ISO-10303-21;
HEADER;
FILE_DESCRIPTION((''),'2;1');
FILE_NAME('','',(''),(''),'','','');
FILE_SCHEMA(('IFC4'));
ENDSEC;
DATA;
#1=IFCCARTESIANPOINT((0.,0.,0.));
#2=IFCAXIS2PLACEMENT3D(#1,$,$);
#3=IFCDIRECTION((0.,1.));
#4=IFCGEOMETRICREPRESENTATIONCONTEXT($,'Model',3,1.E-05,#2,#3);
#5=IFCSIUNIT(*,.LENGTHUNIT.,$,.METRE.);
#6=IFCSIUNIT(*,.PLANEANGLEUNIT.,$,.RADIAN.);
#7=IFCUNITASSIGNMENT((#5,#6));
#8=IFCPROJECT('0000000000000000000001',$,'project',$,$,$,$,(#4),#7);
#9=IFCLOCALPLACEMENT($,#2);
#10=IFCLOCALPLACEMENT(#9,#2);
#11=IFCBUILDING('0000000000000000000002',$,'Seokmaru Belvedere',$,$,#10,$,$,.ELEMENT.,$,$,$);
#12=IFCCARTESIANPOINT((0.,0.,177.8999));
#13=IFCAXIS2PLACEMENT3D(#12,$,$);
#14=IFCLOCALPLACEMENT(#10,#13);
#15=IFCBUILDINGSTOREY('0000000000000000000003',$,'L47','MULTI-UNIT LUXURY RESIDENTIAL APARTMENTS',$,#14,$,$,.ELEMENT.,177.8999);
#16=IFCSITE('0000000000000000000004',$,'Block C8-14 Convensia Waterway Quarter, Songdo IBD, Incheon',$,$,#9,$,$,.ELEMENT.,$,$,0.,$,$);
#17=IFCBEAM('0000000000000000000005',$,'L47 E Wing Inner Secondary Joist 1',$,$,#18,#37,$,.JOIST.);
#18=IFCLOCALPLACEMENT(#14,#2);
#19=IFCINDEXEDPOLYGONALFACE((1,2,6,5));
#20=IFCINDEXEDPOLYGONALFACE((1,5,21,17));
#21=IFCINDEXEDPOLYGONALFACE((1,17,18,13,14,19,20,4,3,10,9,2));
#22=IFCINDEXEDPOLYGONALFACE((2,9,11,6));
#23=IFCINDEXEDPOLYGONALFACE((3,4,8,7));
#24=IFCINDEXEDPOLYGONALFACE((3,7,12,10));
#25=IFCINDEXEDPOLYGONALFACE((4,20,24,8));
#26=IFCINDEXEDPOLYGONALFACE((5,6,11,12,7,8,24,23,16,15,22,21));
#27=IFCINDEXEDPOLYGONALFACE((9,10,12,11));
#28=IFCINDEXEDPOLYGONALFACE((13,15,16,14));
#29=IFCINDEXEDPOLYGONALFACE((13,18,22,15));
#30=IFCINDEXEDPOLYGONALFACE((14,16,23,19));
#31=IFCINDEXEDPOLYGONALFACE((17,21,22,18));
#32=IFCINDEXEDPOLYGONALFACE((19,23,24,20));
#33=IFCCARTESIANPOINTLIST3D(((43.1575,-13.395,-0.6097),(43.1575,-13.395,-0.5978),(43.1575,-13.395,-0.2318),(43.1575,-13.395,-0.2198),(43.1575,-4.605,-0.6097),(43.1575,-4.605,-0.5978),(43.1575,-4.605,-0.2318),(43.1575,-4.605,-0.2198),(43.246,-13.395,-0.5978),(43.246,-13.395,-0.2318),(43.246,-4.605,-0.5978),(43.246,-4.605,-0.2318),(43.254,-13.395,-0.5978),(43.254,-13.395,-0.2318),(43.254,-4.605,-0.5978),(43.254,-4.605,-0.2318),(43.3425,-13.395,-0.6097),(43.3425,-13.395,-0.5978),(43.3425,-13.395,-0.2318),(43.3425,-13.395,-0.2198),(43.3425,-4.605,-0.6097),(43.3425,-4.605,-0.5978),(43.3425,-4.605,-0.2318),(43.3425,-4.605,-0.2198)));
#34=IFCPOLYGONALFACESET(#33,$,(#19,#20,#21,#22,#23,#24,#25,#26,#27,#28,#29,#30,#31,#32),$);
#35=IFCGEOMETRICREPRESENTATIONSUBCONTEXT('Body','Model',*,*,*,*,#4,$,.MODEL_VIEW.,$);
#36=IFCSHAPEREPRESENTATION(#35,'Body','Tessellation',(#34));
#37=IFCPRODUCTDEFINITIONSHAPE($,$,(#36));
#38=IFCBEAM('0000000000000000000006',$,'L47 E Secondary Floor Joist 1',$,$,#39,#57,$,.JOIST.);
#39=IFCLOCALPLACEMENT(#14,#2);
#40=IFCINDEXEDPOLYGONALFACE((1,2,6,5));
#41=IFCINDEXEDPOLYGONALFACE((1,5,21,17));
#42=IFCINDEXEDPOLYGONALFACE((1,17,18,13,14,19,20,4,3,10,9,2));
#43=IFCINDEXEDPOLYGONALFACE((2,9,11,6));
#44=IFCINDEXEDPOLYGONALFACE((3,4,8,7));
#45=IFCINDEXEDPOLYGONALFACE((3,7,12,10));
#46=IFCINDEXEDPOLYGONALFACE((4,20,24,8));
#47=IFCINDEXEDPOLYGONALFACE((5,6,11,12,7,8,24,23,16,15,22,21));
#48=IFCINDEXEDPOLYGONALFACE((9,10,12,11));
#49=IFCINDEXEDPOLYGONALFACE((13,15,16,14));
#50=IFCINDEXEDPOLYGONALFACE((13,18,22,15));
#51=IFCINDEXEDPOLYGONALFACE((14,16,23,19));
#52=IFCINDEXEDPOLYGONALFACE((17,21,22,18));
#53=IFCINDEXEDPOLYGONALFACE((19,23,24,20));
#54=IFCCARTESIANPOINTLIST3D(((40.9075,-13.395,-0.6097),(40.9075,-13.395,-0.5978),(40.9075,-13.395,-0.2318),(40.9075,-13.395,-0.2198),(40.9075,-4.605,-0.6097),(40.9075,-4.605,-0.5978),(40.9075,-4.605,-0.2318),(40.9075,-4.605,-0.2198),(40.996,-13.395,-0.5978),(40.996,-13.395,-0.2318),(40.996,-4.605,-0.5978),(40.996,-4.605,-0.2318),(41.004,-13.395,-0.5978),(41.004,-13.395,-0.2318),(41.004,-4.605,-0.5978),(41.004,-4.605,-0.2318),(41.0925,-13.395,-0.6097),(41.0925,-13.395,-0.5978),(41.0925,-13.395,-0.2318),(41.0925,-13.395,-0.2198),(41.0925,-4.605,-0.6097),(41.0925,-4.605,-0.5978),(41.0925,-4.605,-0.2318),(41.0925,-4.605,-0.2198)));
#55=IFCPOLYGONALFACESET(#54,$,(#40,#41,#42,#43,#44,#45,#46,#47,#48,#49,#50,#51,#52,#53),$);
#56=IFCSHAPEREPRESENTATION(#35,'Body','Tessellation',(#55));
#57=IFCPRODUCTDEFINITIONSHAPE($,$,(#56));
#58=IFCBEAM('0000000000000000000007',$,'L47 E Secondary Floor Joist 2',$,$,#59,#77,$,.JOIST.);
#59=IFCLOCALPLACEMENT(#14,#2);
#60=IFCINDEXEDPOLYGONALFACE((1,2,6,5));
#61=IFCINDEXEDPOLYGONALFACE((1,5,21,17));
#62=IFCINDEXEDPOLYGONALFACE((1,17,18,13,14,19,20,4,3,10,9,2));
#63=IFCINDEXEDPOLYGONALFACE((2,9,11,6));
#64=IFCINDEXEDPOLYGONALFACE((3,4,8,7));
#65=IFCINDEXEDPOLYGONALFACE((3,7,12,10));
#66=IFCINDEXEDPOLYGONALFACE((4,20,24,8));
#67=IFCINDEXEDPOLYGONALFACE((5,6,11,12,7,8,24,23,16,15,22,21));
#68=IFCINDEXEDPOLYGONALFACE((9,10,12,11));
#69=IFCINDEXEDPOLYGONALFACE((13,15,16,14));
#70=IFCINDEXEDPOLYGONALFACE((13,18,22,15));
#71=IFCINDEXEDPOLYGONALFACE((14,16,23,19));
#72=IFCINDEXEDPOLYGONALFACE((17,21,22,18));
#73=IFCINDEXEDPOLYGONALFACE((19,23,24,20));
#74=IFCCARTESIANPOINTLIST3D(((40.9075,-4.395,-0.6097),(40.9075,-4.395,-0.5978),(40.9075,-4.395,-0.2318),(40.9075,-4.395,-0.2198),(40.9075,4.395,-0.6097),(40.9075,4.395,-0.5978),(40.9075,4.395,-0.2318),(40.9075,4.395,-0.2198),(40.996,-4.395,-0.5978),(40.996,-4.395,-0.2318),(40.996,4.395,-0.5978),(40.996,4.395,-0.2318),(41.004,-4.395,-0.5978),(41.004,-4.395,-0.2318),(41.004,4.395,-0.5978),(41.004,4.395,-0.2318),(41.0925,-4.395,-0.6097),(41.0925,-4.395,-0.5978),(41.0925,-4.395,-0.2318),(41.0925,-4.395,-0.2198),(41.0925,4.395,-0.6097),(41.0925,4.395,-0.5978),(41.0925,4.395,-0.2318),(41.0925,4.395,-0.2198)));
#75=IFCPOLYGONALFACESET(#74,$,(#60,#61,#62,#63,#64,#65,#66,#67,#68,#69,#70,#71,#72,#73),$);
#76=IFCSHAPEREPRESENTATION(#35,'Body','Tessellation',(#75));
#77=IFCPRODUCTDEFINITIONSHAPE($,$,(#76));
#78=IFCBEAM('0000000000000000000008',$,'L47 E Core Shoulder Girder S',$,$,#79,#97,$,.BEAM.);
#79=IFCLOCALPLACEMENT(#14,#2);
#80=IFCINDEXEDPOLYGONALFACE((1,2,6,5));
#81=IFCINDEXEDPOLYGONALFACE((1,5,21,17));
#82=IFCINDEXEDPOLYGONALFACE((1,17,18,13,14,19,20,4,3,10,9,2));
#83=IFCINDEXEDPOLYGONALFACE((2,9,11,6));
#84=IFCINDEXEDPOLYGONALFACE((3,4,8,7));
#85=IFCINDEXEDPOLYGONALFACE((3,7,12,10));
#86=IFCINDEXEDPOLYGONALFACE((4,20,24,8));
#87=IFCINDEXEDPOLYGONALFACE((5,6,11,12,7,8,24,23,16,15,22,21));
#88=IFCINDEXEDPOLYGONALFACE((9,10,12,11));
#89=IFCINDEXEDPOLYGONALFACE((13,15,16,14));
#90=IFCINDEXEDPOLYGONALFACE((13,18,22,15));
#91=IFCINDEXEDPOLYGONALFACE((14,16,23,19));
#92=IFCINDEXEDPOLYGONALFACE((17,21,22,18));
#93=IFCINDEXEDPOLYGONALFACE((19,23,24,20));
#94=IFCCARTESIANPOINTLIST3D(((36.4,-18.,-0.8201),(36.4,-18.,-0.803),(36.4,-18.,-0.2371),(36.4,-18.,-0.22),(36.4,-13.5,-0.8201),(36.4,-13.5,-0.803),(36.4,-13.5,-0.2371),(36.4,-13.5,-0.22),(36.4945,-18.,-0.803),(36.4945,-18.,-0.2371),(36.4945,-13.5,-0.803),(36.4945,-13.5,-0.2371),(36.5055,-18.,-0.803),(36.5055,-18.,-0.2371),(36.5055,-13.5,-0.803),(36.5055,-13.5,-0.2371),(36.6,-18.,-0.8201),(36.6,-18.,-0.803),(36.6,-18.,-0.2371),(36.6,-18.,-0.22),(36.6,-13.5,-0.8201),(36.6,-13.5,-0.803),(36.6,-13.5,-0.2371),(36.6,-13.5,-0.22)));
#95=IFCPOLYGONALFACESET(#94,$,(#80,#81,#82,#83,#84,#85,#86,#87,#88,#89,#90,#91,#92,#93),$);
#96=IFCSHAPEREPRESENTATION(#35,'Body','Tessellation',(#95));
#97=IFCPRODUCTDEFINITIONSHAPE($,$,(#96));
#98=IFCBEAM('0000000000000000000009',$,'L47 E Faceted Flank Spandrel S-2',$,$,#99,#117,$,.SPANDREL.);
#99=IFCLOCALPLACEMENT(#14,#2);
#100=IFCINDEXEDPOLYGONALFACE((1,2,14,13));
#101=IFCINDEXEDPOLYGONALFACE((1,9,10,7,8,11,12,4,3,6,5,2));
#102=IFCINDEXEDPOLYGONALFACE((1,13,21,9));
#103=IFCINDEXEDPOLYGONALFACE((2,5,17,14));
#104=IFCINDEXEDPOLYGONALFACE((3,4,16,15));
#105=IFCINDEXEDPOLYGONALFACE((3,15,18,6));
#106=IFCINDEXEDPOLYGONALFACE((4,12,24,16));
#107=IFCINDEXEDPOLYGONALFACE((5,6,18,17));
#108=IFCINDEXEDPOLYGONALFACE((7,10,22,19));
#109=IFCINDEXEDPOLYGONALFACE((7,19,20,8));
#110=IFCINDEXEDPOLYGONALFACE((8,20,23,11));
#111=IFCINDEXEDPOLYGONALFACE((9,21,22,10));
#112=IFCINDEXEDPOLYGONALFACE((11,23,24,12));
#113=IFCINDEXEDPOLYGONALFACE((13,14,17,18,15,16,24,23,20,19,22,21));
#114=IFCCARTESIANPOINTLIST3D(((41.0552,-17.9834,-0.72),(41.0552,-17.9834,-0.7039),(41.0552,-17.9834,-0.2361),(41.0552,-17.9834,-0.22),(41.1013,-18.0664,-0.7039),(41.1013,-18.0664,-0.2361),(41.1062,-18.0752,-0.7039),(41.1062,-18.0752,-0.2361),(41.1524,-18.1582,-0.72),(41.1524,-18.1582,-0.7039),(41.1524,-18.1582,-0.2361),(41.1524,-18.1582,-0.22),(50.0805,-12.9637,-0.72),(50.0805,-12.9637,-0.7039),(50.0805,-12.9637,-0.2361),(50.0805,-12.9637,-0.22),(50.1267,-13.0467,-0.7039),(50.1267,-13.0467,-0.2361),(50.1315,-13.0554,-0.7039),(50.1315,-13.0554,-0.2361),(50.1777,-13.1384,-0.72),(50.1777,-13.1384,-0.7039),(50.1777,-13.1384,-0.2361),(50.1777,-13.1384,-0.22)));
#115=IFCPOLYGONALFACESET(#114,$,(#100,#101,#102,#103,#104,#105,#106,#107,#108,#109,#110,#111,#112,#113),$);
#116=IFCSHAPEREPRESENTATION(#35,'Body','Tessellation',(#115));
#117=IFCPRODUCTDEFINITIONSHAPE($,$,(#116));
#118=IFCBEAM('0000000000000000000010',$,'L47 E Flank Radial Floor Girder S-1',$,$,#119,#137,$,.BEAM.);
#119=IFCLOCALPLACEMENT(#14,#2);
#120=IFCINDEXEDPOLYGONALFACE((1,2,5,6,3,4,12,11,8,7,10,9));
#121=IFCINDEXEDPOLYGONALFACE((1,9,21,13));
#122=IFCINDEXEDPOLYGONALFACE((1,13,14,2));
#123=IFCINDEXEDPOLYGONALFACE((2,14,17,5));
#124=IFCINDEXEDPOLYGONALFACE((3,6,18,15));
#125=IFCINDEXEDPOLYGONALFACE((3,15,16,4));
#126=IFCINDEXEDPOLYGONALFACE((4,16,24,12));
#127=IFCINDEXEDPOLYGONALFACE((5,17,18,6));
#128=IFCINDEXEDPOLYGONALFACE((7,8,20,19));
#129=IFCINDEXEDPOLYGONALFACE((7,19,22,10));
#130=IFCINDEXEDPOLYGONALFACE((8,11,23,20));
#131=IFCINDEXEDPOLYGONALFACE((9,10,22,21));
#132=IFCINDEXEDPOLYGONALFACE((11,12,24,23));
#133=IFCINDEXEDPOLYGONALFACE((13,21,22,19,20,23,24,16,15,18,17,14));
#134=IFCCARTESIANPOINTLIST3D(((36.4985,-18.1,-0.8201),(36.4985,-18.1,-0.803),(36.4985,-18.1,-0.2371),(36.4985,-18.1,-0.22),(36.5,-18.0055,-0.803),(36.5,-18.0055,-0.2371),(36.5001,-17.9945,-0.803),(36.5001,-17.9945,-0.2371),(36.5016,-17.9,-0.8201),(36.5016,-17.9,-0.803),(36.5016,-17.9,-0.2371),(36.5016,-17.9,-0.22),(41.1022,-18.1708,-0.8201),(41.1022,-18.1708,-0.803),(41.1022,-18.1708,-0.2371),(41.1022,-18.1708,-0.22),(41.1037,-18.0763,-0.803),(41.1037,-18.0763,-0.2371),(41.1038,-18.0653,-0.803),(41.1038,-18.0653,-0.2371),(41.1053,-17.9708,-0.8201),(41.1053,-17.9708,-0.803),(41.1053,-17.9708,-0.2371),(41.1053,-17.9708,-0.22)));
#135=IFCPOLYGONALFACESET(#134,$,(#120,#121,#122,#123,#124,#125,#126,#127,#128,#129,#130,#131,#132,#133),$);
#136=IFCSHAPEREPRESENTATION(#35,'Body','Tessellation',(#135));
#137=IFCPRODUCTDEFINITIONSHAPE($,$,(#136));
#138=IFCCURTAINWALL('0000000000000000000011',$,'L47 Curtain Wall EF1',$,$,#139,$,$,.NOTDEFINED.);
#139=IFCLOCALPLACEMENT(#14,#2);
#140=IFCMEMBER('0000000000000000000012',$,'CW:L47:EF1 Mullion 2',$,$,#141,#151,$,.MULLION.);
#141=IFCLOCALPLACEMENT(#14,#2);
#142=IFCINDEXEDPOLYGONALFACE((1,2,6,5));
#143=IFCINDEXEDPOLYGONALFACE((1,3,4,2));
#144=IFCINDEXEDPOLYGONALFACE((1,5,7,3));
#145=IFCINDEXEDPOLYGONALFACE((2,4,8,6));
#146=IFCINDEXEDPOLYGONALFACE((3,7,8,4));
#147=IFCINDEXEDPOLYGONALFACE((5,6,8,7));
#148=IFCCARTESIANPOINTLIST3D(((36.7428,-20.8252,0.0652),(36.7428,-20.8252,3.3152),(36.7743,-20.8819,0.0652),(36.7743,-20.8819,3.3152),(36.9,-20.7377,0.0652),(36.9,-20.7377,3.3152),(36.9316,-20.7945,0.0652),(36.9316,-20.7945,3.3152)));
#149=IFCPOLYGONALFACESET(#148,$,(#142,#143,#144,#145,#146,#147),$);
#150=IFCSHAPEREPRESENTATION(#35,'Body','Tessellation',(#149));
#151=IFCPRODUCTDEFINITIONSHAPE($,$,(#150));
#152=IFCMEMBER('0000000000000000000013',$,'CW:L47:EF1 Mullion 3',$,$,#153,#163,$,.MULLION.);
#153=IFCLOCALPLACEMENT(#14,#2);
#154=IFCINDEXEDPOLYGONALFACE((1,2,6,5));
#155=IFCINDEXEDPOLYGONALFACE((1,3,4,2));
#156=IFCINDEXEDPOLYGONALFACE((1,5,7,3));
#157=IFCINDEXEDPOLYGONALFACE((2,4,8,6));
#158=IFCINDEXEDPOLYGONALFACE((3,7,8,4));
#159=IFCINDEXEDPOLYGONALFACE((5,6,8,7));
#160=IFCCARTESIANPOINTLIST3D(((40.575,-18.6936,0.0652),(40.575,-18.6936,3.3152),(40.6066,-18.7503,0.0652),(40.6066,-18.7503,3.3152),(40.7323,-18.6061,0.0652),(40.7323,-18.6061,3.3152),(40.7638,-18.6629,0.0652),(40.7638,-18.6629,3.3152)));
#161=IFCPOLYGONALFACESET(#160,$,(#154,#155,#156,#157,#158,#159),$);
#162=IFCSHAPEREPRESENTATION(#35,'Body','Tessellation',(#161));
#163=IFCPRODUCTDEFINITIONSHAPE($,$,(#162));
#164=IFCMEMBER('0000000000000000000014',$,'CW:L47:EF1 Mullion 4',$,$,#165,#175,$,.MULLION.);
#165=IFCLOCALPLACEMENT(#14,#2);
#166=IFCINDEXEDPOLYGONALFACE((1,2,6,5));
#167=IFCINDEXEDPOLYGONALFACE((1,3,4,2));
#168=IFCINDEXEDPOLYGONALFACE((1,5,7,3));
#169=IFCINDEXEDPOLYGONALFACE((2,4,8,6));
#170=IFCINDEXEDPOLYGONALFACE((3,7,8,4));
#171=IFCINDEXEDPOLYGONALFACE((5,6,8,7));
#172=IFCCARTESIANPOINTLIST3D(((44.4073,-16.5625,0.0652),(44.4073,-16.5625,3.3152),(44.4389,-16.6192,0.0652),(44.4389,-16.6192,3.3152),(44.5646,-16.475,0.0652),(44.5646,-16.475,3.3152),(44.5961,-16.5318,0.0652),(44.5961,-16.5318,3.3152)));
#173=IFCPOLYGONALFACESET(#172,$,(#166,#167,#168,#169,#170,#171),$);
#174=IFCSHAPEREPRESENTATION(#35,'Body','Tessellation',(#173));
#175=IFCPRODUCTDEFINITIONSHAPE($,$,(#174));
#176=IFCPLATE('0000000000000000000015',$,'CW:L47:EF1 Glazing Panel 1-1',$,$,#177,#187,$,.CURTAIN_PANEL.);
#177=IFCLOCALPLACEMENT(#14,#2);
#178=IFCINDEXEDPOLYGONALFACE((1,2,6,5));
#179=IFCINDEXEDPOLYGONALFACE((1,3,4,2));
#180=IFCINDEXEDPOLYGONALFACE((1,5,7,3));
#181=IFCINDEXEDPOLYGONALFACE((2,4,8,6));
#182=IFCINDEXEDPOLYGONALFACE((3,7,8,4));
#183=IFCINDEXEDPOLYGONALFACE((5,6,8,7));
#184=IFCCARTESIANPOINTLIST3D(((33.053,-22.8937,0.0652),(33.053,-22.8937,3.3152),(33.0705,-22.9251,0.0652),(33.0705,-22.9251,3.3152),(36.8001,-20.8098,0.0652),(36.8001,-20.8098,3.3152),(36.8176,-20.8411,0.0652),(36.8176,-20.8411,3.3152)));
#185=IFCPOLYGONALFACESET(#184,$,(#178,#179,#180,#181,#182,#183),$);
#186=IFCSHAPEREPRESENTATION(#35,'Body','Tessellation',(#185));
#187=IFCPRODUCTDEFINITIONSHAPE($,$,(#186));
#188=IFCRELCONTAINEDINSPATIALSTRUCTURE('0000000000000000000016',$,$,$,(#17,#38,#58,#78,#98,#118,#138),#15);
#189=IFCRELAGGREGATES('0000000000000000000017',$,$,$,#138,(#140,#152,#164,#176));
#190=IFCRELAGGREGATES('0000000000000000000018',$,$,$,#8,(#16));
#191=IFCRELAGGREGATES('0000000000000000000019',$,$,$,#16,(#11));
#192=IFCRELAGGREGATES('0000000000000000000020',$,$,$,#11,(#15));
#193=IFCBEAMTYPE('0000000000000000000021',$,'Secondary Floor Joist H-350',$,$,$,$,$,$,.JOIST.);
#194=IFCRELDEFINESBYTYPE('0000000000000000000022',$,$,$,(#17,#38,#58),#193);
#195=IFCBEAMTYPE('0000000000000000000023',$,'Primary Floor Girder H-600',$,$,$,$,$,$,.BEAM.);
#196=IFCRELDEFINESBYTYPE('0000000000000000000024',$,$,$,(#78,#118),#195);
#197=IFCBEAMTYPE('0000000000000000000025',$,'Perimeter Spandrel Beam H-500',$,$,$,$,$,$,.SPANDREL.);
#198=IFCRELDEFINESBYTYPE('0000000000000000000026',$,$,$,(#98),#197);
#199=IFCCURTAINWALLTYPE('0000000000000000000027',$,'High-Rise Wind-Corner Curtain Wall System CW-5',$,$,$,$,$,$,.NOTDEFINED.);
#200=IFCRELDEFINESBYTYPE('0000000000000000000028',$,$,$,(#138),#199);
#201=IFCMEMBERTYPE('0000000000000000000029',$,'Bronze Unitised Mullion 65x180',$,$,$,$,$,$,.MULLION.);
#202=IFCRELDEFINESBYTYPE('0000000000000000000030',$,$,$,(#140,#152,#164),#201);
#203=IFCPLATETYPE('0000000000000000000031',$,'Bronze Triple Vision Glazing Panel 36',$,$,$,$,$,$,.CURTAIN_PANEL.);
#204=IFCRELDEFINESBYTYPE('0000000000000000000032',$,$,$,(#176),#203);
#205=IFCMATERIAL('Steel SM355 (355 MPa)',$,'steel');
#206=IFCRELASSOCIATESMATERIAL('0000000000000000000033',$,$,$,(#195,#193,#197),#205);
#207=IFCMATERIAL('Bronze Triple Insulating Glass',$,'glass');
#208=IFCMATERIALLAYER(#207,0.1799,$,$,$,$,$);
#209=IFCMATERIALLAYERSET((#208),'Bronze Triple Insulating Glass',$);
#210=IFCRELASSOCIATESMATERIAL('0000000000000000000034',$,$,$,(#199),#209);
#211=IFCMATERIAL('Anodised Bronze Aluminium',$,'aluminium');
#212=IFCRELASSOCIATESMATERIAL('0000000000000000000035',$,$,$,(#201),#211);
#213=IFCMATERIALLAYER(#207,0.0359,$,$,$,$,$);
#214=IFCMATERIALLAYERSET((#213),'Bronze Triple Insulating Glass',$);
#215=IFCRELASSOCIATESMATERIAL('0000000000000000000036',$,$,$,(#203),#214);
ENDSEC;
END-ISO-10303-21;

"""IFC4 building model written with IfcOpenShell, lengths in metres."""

from ifc_helpers import new_model, si_unit, direction, frame, origin, origin_2d, place, context, subcontext, project, spatial, rectangle, i_section, extrude, source, transform, mapped, material, layer, layer_set, material_profile, profile_set, type_object, type_shapes, element, aggregate, save


model = new_model("IFC4")

# Units and contexts
model_context = context("Model", 3, precision=1e-05, world=origin(), true_north=direction((0.0, 1.0)))
body_context = subcontext(model_context, "Body", "Model", "MODEL_VIEW")
ifc_project = project(units=[si_unit("LENGTHUNIT", "METRE"), si_unit("PLANEANGLEUNIT", "RADIAN")], contexts=[model_context])

# Site, building, storey
site_placement = place(None, origin())
site = spatial("IfcSite", under=ifc_project, at=site_placement, Name="Block C8-14 Convensia Waterway Quarter, Songdo IBD, Incheon", CompositionType="ELEMENT", RefElevation=0.0)
building_placement = place(site_placement, origin())
building = spatial("IfcBuilding", under=site, at=building_placement, Name="Seokmaru Belvedere", CompositionType="ELEMENT")
storey_placement = place(building_placement, frame((0.0, 0.0, 177.8999)))
storey = spatial("IfcBuildingStorey", under=building, at=storey_placement, Name="L47", Description="MULTI-UNIT LUXURY RESIDENTIAL APARTMENTS", CompositionType="ELEMENT", Elevation=177.8999)

# Shared definitions
ifc_material_1 = material(Name="Steel SM355 (355 MPa)", Category="steel")

# Beams
ifc_material_profile_1 = material_profile(ifc_material_1, i_section(OverallWidth=0.2, OverallDepth=0.6001, WebThickness=0.011, FlangeThickness=0.0171, at=origin_2d()), Name="H-600x200x11x17")
ifc_profile_set_1 = profile_set([ifc_material_profile_1], Name="Steel SM355 (355 MPa)")
beam_type_1 = type_object("IfcBeamType", Name="Primary Floor Girder H-600", PredefinedType="BEAM", material=ifc_profile_set_1)
ifc_material_profile_2 = material_profile(ifc_material_1, i_section(OverallWidth=0.1851, OverallDepth=0.3899, WebThickness=0.0081, FlangeThickness=0.012, at=origin_2d()), Name="H-390x185x8x12")
ifc_profile_set_2 = profile_set([ifc_material_profile_2], Name="Steel SM355 (355 MPa)")
beam_type_2 = type_object("IfcBeamType", Name="Secondary Floor Joist H-350", PredefinedType="JOIST", material=ifc_profile_set_2)
shared_shape_1 = source(origin(), body_context, "Body", "SweptSolid", [
    extrude(i_section(OverallWidth=0.1851, OverallDepth=0.3899, WebThickness=0.0081, FlangeThickness=0.012, at=origin_2d()), origin(), (0.0, 0.0, 1.0), 8.79),
])
type_shapes(beam_type_2, [shared_shape_1])
for number, where, z_axis, x_axis, name in (
    (1, (43.25, -13.395, -0.4148), (0.0, 1.0, 0.0), (-1.0, 0.0, 0.0), "L47 E Wing Inner Secondary Joist 1"),
    (2, (41.0, -13.395, -0.4148), (0.0, 1.0, 0.0), (-1.0, 0.0, 0.0), "L47 E Secondary Floor Joist 1"),
    (3, (41.0, -4.395, -0.4148), (0.0, 1.0, 0.0), (-1.0, 0.0, 0.0), "L47 E Secondary Floor Joist 2"),
):
    element("IfcBeam", number, at=place(storey_placement, frame(where, z_axis=z_axis, x_axis=x_axis)), inside=storey, type_object=beam_type_2, Name=name, PredefinedType="JOIST", context=body_context, shape_type="MappedRepresentation", body=[
        mapped(shared_shape_1, transform((0.0, 0.0, 0.0), scale=1.0)),
    ])
shared_shape_2 = source(origin(), body_context, "Body", "SweptSolid", [
    extrude(i_section(OverallWidth=0.2, OverallDepth=0.6001, WebThickness=0.011, FlangeThickness=0.0171, at=origin_2d()), origin(), (0.0, 0.0, 1.0), 4.5),
])
beam_1_placement = place(storey_placement, frame((36.5, -18.0, -0.52), z_axis=(0.0, 1.0, 0.0), x_axis=(-1.0, 0.0, 0.0)))
element("IfcBeam", 4, at=beam_1_placement, inside=storey, type_object=beam_type_1, Name="L47 E Core Shoulder Girder S", PredefinedType="BEAM", context=body_context, shape_type="MappedRepresentation", body=[
    mapped(shared_shape_2, transform((0.0, 0.0, 0.0), scale=1.0)),
])
ifc_material_profile_3 = material_profile(ifc_material_1, i_section(OverallWidth=0.2, OverallDepth=0.5, WebThickness=0.01, FlangeThickness=0.0161, at=origin_2d()), Name="H-500x200x10x16")
ifc_profile_set_3 = profile_set([ifc_material_profile_3], Name="Steel SM355 (355 MPa)")
beam_type_3 = type_object("IfcBeamType", Name="Perimeter Spandrel Beam H-500", PredefinedType="SPANDREL", material=ifc_profile_set_3)
shared_shape_3 = source(origin(), body_context, "Body", "SweptSolid", [
    extrude(i_section(OverallWidth=0.2, OverallDepth=0.5, WebThickness=0.01, FlangeThickness=0.0161, at=origin_2d()), origin(), (0.0, 0.0, 1.0), 10.3274),
])
type_shapes(beam_type_3, [shared_shape_3])
beam_2_placement = place(storey_placement, frame((41.1038, -18.0708, -0.47), z_axis=(0.873924, 0.486062, 0.0), x_axis=(-0.486062, 0.873924, 0.0)))
element("IfcBeam", 5, at=beam_2_placement, inside=storey, type_object=beam_type_3, Name="L47 E Faceted Flank Spandrel S-2", PredefinedType="SPANDREL", context=body_context, shape_type="MappedRepresentation", body=[
    mapped(shared_shape_3, transform((0.0, 0.0, 0.0), scale=1.0)),
])
shared_shape_4 = source(origin(), body_context, "Body", "SweptSolid", [
    extrude(i_section(OverallWidth=0.2, OverallDepth=0.6001, WebThickness=0.011, FlangeThickness=0.0171, at=origin_2d()), origin(), (0.0, 0.0, 1.0), 4.6042),
])
beam_3_placement = place(storey_placement, frame((41.1038, -18.0708, -0.52), z_axis=(-0.999882, 0.015377, 0.0), x_axis=(-0.015377, -0.999882, 0.0)))
element("IfcBeam", 6, at=beam_3_placement, inside=storey, type_object=beam_type_1, Name="L47 E Flank Radial Floor Girder S-1", PredefinedType="BEAM", context=body_context, shape_type="MappedRepresentation", body=[
    mapped(shared_shape_4, transform((0.0, 0.0, 0.0), scale=1.0)),
])

# Curtain wall, members, plate
ifc_material_2 = material(Name="Bronze Triple Insulating Glass", Category="glass")
ifc_layer_1 = layer(ifc_material_2, 0.1799)
ifc_layer_set_1 = layer_set([ifc_layer_1], Name="Bronze Triple Insulating Glass")
curtain_wall_type = type_object("IfcCurtainWallType", Name="High-Rise Wind-Corner Curtain Wall System CW-5", PredefinedType="NOTDEFINED", material=ifc_layer_set_1)
curtain_wall_placement = place(storey_placement, origin())
curtain_wall = element("IfcCurtainWall", 7, at=curtain_wall_placement, inside=storey, type_object=curtain_wall_type, Name="L47 Curtain Wall EF1", PredefinedType="NOTDEFINED")
ifc_material_3 = material(Name="Anodised Bronze Aluminium", Category="aluminium")
ifc_material_profile_4 = material_profile(ifc_material_3, rectangle(XDim=0.0649, YDim=0.1799, at=origin_2d()), Name="CW-M-65x180")
ifc_profile_set_4 = profile_set([ifc_material_profile_4], Name="Anodised Bronze Aluminium")
member_type = type_object("IfcMemberType", Name="Bronze Unitised Mullion 65x180", PredefinedType="MULLION", material=ifc_profile_set_4)
shared_shape_5 = source(origin(), body_context, "Body", "SweptSolid", [
    extrude(rectangle(XDim=0.0649, YDim=0.1799, at=origin_2d()), origin(), (0.0, 0.0, 1.0), 3.25),
])
type_shapes(member_type, [shared_shape_5])
member_1_placement = place(storey_placement, frame((36.8372, -20.8098, 0.0652), z_axis=(0.0, 0.0, 1.0), x_axis=(-0.486047, 0.873933, 0.0)))
member_1 = element("IfcMember", 8, at=member_1_placement, type_object=member_type, Name="CW:L47:EF1 Mullion 2", PredefinedType="MULLION", context=body_context, shape_type="MappedRepresentation", body=[
    mapped(shared_shape_5, transform((0.0, 0.0, 0.0), scale=1.0)),
])
member_2_placement = place(storey_placement, frame((40.6694, -18.6782, 0.0652), z_axis=(0.0, 0.0, 1.0), x_axis=(-0.486047, 0.873933, 0.0)))
member_2 = element("IfcMember", 9, at=member_2_placement, type_object=member_type, Name="CW:L47:EF1 Mullion 3", PredefinedType="MULLION", context=body_context, shape_type="MappedRepresentation", body=[
    mapped(shared_shape_5, transform((0.0, 0.0, 0.0), scale=1.0)),
])
member_3_placement = place(storey_placement, frame((44.5017, -16.5471, 0.0652), z_axis=(0.0, 0.0, 1.0), x_axis=(-0.486047, 0.873933, 0.0)))
member_3 = element("IfcMember", 10, at=member_3_placement, type_object=member_type, Name="CW:L47:EF1 Mullion 4", PredefinedType="MULLION", context=body_context, shape_type="MappedRepresentation", body=[
    mapped(shared_shape_5, transform((0.0, 0.0, 0.0), scale=1.0)),
])
ifc_layer_2 = layer(ifc_material_2, 0.0359)
ifc_layer_set_2 = layer_set([ifc_layer_2], Name="Bronze Triple Insulating Glass")
plate_type = type_object("IfcPlateType", Name="Bronze Triple Vision Glazing Panel 36", PredefinedType="CURTAIN_PANEL", material=ifc_layer_set_2)
shared_shape_6 = source(origin(), body_context, "Body", "SweptSolid", [
    extrude(rectangle(XDim=4.2876, YDim=0.0359, at=origin_2d()), origin(), (0.0, 0.0, 1.0), 3.25),
])
plate_1_placement = place(storey_placement, frame((34.9353, -21.8674, 0.0652), z_axis=(0.0, 0.0, 1.0), x_axis=(0.873933, 0.486047, 0.0)))
plate_1 = element("IfcPlate", 11, at=plate_1_placement, type_object=plate_type, Name="CW:L47:EF1 Glazing Panel 1-1", PredefinedType="CURTAIN_PANEL", context=body_context, shape_type="MappedRepresentation", body=[
    mapped(shared_shape_6, transform((0.0, 0.0, 0.0), scale=1.0)),
])
aggregate(curtain_wall, [member_1, member_2, member_3, plate_1])

save(model, "model.ifc")
